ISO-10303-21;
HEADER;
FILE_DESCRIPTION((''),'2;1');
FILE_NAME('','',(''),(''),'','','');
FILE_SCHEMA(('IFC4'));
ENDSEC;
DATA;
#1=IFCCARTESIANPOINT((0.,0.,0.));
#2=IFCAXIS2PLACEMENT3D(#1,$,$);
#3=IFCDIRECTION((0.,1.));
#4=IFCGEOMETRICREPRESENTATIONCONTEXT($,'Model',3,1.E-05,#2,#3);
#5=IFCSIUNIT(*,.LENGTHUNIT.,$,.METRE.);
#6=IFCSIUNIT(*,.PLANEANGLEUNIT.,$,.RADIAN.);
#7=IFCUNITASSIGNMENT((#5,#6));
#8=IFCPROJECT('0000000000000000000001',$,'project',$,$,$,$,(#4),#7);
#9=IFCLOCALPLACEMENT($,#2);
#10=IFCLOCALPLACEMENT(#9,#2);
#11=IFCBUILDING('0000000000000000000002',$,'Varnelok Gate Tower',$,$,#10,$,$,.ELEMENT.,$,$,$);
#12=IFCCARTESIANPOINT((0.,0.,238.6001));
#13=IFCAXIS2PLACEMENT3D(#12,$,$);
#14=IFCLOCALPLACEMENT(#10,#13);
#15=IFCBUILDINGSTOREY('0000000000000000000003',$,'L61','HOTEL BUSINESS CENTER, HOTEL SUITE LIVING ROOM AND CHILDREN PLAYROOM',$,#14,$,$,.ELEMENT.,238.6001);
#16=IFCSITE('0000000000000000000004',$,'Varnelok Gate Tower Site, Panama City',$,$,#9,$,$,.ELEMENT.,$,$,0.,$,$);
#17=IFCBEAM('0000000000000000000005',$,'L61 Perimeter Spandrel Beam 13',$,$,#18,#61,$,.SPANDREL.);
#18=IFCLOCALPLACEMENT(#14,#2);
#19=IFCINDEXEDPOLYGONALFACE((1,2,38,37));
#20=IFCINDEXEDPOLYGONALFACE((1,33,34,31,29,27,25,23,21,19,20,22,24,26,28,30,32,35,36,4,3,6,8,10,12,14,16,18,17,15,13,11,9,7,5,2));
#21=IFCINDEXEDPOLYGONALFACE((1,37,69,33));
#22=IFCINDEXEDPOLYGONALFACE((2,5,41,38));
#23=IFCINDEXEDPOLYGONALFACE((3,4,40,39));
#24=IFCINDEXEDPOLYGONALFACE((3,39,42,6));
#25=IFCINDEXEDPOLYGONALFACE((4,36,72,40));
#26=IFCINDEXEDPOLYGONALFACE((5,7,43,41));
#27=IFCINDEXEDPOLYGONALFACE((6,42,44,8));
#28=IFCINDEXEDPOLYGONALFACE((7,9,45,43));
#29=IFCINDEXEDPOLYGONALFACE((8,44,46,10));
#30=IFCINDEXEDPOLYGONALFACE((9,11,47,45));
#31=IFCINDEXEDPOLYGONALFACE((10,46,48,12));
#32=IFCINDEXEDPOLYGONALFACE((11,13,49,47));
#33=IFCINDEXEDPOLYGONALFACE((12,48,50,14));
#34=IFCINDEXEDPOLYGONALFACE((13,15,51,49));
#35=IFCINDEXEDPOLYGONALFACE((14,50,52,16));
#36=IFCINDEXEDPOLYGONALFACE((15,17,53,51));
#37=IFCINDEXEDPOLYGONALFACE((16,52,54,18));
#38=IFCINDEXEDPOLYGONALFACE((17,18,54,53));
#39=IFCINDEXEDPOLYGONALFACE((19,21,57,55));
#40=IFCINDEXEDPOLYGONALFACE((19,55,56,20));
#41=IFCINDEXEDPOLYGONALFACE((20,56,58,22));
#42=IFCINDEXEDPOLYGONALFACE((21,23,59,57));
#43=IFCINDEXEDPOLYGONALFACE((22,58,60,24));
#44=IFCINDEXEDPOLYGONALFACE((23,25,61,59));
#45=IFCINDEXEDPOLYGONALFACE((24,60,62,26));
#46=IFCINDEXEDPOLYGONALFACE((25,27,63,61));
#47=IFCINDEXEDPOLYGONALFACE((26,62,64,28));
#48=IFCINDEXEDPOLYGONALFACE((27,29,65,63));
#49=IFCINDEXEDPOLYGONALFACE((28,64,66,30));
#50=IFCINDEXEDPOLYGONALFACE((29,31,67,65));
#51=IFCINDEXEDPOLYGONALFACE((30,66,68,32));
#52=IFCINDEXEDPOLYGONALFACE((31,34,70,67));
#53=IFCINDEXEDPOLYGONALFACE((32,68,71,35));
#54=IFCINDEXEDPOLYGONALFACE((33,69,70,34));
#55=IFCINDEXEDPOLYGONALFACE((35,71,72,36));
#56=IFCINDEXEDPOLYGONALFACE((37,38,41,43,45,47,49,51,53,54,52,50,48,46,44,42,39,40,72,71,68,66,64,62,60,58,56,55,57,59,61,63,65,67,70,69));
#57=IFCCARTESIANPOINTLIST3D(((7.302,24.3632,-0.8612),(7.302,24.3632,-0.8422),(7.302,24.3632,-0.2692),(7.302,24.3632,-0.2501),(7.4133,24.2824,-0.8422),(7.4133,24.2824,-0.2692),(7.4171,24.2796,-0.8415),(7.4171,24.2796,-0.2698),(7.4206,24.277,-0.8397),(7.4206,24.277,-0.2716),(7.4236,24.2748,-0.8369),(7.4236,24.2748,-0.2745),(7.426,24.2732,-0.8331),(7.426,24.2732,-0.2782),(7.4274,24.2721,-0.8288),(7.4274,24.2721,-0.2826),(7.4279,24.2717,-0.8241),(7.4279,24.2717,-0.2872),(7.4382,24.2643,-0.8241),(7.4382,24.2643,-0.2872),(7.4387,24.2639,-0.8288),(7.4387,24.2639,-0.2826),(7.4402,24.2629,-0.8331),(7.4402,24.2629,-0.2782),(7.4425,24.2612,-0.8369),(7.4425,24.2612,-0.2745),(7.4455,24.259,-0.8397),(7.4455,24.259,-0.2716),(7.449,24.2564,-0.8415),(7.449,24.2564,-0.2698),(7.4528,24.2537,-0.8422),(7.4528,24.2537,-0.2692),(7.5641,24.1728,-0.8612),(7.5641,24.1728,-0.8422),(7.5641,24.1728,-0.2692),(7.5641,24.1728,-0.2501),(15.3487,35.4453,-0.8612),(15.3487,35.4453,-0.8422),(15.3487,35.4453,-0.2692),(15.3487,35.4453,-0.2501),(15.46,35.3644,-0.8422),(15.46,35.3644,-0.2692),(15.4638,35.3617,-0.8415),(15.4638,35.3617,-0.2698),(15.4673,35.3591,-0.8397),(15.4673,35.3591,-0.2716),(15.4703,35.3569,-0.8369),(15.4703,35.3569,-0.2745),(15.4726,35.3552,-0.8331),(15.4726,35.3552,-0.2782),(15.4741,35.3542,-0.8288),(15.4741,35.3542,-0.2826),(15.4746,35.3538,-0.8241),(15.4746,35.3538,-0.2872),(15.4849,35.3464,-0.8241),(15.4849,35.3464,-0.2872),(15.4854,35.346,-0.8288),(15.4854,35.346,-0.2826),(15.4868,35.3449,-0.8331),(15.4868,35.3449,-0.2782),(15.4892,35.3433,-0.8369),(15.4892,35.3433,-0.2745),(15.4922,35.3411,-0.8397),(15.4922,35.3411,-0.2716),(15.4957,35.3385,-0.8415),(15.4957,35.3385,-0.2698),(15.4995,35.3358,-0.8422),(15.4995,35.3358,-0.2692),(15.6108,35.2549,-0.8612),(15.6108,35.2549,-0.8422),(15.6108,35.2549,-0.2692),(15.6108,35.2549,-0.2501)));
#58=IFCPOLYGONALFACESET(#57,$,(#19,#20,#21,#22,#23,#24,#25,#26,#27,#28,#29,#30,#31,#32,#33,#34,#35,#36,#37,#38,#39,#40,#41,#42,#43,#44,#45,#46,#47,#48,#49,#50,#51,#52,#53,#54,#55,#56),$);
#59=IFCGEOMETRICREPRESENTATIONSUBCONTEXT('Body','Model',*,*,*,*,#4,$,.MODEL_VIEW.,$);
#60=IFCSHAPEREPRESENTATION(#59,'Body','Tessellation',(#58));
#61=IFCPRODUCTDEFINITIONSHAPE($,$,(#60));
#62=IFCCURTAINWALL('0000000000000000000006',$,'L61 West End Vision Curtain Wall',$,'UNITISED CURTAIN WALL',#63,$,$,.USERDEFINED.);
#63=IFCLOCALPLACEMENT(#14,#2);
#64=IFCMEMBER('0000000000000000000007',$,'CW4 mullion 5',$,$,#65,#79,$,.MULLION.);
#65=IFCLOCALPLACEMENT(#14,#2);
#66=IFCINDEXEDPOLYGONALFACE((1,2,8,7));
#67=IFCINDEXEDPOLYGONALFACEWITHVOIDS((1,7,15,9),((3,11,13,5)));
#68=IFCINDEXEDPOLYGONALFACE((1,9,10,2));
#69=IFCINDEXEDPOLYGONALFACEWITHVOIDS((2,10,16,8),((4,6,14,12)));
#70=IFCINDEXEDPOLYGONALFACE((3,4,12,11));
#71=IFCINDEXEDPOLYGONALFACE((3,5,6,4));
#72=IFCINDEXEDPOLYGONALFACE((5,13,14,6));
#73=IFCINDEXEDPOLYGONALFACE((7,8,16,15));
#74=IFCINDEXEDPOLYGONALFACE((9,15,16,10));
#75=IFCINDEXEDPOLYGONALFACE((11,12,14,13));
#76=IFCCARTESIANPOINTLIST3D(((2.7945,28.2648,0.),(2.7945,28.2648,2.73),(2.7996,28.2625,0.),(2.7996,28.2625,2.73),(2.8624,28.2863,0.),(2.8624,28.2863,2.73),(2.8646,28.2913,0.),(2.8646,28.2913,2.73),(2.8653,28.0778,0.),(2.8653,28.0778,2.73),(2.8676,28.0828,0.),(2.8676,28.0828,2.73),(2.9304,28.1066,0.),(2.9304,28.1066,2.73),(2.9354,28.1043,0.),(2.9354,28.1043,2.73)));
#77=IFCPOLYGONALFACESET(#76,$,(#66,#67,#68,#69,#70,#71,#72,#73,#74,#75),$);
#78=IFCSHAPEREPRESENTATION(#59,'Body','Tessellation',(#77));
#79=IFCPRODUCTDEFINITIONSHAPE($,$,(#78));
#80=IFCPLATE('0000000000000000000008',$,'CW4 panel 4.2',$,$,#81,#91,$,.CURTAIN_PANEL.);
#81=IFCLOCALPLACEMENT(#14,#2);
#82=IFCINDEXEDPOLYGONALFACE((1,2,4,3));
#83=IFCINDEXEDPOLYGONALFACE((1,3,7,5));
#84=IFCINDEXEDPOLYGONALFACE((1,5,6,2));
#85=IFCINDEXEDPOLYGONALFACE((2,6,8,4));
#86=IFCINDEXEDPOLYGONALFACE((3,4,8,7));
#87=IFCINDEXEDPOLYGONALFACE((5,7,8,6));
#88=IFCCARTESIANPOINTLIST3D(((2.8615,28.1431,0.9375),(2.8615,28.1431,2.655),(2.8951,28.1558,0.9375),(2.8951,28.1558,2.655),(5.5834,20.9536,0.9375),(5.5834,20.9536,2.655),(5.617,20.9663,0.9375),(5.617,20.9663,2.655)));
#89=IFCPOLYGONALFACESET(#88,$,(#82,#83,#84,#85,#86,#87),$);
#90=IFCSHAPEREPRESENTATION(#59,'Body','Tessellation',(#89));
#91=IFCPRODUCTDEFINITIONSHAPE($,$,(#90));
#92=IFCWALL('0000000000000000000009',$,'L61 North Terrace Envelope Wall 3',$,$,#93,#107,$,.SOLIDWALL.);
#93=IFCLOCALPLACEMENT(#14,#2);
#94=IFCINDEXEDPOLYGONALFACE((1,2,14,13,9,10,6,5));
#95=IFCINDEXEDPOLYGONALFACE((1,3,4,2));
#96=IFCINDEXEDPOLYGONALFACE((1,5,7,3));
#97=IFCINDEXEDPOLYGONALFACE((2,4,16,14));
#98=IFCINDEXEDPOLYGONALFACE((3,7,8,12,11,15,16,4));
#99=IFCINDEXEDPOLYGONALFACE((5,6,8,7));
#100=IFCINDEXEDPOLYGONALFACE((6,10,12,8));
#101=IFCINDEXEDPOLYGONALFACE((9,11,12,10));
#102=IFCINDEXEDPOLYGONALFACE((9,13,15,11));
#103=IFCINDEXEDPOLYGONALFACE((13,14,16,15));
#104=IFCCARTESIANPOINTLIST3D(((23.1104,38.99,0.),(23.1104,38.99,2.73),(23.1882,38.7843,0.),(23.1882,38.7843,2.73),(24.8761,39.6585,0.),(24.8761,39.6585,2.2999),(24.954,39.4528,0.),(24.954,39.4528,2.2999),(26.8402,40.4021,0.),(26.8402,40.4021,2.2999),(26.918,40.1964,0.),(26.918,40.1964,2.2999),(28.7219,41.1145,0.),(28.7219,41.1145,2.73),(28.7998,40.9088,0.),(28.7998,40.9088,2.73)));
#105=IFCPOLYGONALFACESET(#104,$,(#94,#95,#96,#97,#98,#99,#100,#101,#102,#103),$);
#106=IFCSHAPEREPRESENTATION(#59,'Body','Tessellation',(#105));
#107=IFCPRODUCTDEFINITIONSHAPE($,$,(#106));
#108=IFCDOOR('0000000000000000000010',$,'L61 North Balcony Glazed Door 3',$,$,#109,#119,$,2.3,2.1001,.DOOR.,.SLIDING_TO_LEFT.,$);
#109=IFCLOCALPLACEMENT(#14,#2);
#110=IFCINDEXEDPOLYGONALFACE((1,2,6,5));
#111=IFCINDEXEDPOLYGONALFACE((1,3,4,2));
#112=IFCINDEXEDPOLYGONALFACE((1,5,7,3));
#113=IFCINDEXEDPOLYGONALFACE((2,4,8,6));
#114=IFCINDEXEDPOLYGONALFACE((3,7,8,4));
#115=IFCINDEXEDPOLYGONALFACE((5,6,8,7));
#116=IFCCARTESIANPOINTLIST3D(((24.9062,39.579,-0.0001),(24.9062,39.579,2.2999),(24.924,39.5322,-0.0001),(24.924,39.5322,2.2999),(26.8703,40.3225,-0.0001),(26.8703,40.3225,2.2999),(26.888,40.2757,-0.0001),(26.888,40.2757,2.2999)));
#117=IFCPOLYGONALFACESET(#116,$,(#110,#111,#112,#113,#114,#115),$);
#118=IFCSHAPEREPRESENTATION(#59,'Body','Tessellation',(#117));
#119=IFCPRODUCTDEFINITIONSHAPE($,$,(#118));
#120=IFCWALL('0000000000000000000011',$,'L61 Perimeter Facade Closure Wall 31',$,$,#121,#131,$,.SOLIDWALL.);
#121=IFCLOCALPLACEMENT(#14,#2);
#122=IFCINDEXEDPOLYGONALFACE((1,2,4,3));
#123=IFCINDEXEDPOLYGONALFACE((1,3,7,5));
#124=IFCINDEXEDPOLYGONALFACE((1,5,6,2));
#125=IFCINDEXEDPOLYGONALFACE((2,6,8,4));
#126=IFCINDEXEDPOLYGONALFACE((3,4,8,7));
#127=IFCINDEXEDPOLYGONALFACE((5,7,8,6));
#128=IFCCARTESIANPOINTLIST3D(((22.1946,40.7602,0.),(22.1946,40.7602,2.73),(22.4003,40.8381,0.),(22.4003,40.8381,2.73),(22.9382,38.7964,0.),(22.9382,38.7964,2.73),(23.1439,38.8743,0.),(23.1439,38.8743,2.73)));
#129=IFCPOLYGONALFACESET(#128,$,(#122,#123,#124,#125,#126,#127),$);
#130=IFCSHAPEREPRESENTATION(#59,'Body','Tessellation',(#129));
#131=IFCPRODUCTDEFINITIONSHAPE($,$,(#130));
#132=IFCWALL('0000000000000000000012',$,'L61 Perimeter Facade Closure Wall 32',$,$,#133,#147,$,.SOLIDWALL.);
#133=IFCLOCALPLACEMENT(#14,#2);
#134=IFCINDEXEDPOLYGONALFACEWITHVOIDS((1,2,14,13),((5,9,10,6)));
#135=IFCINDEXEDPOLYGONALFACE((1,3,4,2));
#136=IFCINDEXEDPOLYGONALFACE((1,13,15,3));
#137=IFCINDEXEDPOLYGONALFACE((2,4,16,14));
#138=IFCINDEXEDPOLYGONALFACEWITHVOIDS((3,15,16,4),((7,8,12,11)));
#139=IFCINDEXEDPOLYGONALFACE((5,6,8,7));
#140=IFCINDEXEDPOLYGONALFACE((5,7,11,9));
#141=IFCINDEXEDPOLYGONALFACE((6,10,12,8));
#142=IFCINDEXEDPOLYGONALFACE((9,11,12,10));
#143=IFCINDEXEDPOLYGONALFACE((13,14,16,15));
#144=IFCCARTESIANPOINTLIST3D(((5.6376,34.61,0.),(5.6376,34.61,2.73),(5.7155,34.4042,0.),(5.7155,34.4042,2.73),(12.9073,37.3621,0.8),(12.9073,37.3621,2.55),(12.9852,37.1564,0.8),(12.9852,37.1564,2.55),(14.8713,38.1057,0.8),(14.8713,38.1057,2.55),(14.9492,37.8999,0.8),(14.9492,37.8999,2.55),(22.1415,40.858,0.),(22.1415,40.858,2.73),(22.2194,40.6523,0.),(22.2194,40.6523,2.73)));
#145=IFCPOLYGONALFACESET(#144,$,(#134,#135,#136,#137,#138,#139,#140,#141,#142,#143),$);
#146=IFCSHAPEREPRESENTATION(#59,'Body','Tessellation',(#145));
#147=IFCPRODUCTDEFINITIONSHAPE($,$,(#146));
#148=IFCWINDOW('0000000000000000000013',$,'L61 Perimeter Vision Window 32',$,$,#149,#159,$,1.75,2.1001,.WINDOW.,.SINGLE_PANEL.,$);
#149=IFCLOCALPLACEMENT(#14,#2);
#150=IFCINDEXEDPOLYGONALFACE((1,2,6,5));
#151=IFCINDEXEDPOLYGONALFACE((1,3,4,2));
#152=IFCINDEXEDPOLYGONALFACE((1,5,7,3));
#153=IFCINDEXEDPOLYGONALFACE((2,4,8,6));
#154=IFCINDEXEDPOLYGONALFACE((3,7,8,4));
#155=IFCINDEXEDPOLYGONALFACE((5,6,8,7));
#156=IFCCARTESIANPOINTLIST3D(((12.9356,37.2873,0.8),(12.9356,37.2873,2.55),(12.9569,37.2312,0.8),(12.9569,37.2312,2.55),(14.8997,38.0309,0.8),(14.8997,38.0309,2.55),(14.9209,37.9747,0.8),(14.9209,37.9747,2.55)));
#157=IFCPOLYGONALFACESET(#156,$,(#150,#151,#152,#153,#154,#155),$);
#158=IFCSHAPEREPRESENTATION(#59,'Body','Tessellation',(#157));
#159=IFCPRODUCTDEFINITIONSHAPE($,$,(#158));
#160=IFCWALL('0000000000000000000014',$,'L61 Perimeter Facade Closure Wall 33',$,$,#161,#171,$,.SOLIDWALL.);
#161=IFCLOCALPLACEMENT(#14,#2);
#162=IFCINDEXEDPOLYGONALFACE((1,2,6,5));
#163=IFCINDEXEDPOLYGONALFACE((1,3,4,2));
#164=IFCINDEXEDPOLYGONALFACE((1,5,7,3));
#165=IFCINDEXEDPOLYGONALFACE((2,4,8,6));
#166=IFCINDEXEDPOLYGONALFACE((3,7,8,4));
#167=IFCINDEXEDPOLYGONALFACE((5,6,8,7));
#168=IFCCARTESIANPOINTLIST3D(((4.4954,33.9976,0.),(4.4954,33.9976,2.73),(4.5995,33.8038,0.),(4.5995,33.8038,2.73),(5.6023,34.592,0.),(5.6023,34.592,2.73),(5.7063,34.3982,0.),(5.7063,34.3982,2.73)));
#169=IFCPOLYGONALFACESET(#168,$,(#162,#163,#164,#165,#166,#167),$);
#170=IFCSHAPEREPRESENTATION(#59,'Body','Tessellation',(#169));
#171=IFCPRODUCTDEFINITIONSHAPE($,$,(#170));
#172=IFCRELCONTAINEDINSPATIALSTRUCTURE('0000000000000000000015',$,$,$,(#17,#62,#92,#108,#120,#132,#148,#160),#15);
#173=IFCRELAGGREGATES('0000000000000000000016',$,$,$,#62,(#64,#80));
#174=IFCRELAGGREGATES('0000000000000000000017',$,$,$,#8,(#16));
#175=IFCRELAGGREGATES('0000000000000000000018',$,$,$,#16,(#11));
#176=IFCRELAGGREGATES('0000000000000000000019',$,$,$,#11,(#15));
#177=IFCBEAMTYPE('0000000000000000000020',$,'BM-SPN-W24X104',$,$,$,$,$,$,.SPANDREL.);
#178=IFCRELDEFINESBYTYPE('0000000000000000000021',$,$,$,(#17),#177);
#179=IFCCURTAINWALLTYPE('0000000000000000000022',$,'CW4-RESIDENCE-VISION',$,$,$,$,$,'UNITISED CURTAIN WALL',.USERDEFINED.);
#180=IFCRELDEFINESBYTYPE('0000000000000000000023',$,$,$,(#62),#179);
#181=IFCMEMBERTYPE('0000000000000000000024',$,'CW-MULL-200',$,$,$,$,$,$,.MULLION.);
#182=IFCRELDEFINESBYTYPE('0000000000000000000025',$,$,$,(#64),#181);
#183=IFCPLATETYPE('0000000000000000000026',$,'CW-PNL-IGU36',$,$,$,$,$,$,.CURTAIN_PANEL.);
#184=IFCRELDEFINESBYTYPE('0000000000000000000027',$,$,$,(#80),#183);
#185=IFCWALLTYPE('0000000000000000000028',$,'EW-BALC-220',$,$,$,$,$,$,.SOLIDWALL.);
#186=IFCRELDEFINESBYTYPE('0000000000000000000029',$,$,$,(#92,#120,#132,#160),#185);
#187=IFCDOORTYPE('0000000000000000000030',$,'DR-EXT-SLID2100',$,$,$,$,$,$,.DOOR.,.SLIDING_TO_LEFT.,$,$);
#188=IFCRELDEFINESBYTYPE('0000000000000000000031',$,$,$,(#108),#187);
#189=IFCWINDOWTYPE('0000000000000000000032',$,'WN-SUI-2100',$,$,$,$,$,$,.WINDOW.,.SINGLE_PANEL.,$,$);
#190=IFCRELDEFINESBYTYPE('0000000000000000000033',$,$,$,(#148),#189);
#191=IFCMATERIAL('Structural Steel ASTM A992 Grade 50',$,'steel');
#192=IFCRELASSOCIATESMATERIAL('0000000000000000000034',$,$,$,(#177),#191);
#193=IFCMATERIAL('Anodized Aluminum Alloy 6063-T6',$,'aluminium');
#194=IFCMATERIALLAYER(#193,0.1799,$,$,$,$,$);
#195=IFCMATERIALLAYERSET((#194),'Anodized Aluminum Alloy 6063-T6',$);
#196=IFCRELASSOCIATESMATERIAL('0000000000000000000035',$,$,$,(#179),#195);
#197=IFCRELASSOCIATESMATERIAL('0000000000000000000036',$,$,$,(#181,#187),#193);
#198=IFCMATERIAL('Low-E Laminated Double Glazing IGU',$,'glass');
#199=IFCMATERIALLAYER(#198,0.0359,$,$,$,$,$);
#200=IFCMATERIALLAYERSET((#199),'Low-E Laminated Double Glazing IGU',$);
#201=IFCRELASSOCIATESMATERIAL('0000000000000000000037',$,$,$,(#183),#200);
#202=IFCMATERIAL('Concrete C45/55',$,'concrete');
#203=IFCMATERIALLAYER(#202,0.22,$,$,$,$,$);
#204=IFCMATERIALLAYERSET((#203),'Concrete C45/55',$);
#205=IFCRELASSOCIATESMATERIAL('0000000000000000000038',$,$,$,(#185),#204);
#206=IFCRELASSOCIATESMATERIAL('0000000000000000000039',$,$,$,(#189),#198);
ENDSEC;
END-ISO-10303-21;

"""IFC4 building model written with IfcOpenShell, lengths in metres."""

from ifc_helpers import new_model, si_unit, direction, frame, frame_2d, origin, origin_2d, place, context, subcontext, project, spatial, rectangle, hollow_rectangle, i_section, extrude, source, transform, mapped, material, layer, layer_set, material_profile, profile_set, type_object, element, fill, aggregate, save


model = new_model("IFC4")

# Units and contexts
model_context = context("Model", 3, precision=1e-05, world=origin(), true_north=direction((0.0, 1.0)))
body_context = subcontext(model_context, "Body", "Model", "MODEL_VIEW")
ifc_project = project(units=[si_unit("LENGTHUNIT", "METRE"), si_unit("PLANEANGLEUNIT", "RADIAN")], contexts=[model_context])

# Site, building, storey
site_placement = place(None, origin())
site = spatial("IfcSite", under=ifc_project, at=site_placement, Name="Varnelok Gate Tower Site, Panama City", CompositionType="ELEMENT", RefElevation=0.0)
building_placement = place(site_placement, origin())
building = spatial("IfcBuilding", under=site, at=building_placement, Name="Varnelok Gate Tower", CompositionType="ELEMENT")
storey_placement = place(building_placement, frame((0.0, 0.0, 238.6001)))
storey = spatial("IfcBuildingStorey", under=building, at=storey_placement, Name="L61", Description="HOTEL BUSINESS CENTER, HOTEL SUITE LIVING ROOM AND CHILDREN PLAYROOM", CompositionType="ELEMENT", Elevation=238.6001)

# Shared definitions
ifc_material_1 = material(Name="Structural Steel ASTM A992 Grade 50", Category="steel")

# Beam
ifc_material_profile_1 = material_profile(ifc_material_1, i_section(OverallWidth=0.324, OverallDepth=0.6111, WebThickness=0.0127, FlangeThickness=0.019, FilletRadius=0.0181, at=origin_2d()), Name="W24X104")
ifc_profile_set_1 = profile_set([ifc_material_profile_1], Name="Structural Steel ASTM A992 Grade 50")
beam_type_1 = type_object("IfcBeamType", Name="BM-SPN-W24X104", PredefinedType="SPANDREL", material=ifc_profile_set_1)
beam_1_placement = place(storey_placement, frame((15.4797, 35.3501, -0.5557), z_axis=(-0.587549, -0.809188, 0.0), x_axis=(0.809188, -0.587549, 0.0)))
element("IfcBeam", 1, at=beam_1_placement, inside=storey, type_object=beam_type_1, Name="L61 Perimeter Spandrel Beam 13", PredefinedType="SPANDREL", context=body_context, shape_type="SweptSolid", body=[
    extrude(i_section(OverallWidth=0.324, OverallDepth=0.6111, WebThickness=0.0127, FlangeThickness=0.019, FilletRadius=0.0181, at=origin_2d()), origin(), (0.0, 0.0, 1.0), 13.6953),
])

# Curtain wall, member, plate
ifc_material_2 = material(Name="Anodized Aluminum Alloy 6063-T6", Category="aluminium")
ifc_layer_1 = layer(ifc_material_2, 0.1799)
ifc_layer_set_1 = layer_set([ifc_layer_1], Name="Anodized Aluminum Alloy 6063-T6")
curtain_wall_type = type_object("IfcCurtainWallType", Name="CW4-RESIDENCE-VISION", ElementType="UNITISED CURTAIN WALL", PredefinedType="USERDEFINED", material=ifc_layer_set_1)
curtain_wall_placement = place(storey_placement, origin())
curtain_wall = element("IfcCurtainWall", 2, at=curtain_wall_placement, inside=storey, type_object=curtain_wall_type, Name="L61 West End Vision Curtain Wall", ObjectType="UNITISED CURTAIN WALL", PredefinedType="USERDEFINED")
ifc_material_profile_2 = material_profile(ifc_material_2, hollow_rectangle(XDim=0.075, YDim=0.2, WallThickness=0.0039, at=origin_2d()), Name="ALU200X75X4")
ifc_profile_set_2 = profile_set([ifc_material_profile_2], Name="Anodized Aluminum Alloy 6063-T6")
member_type = type_object("IfcMemberType", Name="CW-MULL-200", PredefinedType="MULLION", material=ifc_profile_set_2)
member_placement = place(storey_placement, frame((2.865, 28.1846, 0.0), z_axis=(0.0, 0.0, 1.0), x_axis=(-0.935222, -0.354063, 0.0)))
member = element("IfcMember", 3, at=member_placement, type_object=member_type, Name="CW4 mullion 5", PredefinedType="MULLION", context=body_context, shape_type="SweptSolid", body=[
    extrude(hollow_rectangle(XDim=0.075, YDim=0.2, WallThickness=0.0039, at=origin_2d()), origin(), (0.0, 0.0, 1.0), 2.73),
])
ifc_material_3 = material(Name="Low-E Laminated Double Glazing IGU", Category="glass")
ifc_layer_2 = layer(ifc_material_3, 0.0359)
ifc_layer_set_2 = layer_set([ifc_layer_2], Name="Low-E Laminated Double Glazing IGU")
plate_type = type_object("IfcPlateType", Name="CW-PNL-IGU36", PredefinedType="CURTAIN_PANEL", material=ifc_layer_set_2)
shared_shape_1 = source(origin(), body_context, "Body", "SweptSolid", [
    extrude(rectangle(XDim=7.6875, YDim=0.0359, at=origin_2d()), origin(), (0.0, 0.0, 1.0), 1.7175),
])
plate_placement = place(storey_placement, frame((4.2393, 24.5547, 0.9375), z_axis=(0.0, 0.0, 1.0), x_axis=(-0.354063, 0.935222, 0.0)))
plate = element("IfcPlate", 4, at=plate_placement, type_object=plate_type, Name="CW4 panel 4.2", PredefinedType="CURTAIN_PANEL", context=body_context, shape_type="MappedRepresentation", body=[
    mapped(shared_shape_1, transform((0.0, 0.0, 0.0), scale=1.0)),
])
aggregate(curtain_wall, [member, plate])

# Wall, opening, door
ifc_material_4 = material(Name="Concrete C45/55", Category="concrete")
ifc_layer_3 = layer(ifc_material_4, 0.22)
ifc_layer_set_3 = layer_set([ifc_layer_3], Name="Concrete C45/55")
wall_type_1 = type_object("IfcWallType", Name="EW-BALC-220", PredefinedType="SOLIDWALL", material=ifc_layer_set_3)
wall_1_placement = place(storey_placement, frame((23.1494, 38.8872, 0.0), z_axis=(0.0, 0.0, 1.0), x_axis=(0.935219, 0.354069, 0.0)))
wall_1 = element("IfcWall", 5, at=wall_1_placement, inside=storey, type_object=wall_type_1, Name="L61 North Terrace Envelope Wall 3", PredefinedType="SOLIDWALL", context=body_context, shape_type="SweptSolid", body=[
    extrude(rectangle(XDim=6.0002, YDim=0.22, at=frame_2d((3.0, 0.0))), origin(), (0.0, 0.0, 1.0), 2.73),
])
opening_1_placement = place(wall_1_placement, frame((1.8879, 0.0, 0.0)))
opening_1 = element("IfcOpeningElement", 6, at=opening_1_placement, cuts=wall_1, PredefinedType="OPENING", context=body_context, shape_type="SweptSolid", body=[
    extrude(rectangle(XDim=2.1001, YDim=2.3, at=frame_2d((1.05, 1.1499))), frame((0.0, 0.1199, 0.0), z_axis=(0.0, -1.0, 0.0), x_axis=(1.0, 0.0, 0.0)), (0.0, 0.0, 1.0), 0.24),
])
door_type = type_object("IfcDoorType", Name="DR-EXT-SLID2100", OperationType="SLIDING_TO_LEFT", PredefinedType="DOOR", material=ifc_material_2)
door_placement = place(opening_1_placement, origin())
door = element("IfcDoor", 7, at=door_placement, inside=storey, type_object=door_type, Name="L61 North Balcony Glazed Door 3", OperationType="SLIDING_TO_LEFT", OverallHeight=2.3, OverallWidth=2.1001, PredefinedType="DOOR", context=body_context, shape_type="SweptSolid", body=[
    extrude(rectangle(XDim=2.1001, YDim=2.3, at=frame_2d((1.05, 1.1499))), frame((0.0, 0.0249, 0.0), z_axis=(0.0, -1.0, 0.0), x_axis=(1.0, 0.0, 0.0)), (0.0, 0.0, 1.0), 0.05),
])
fill(opening_1, door)

# Wall
wall_2_placement = place(storey_placement, frame((23.041, 38.8354, 0.0), z_axis=(0.0, 0.0, 1.0), x_axis=(-0.354128, 0.935197, 0.0)))
element("IfcWall", 8, at=wall_2_placement, inside=storey, type_object=wall_type_1, Name="L61 Perimeter Facade Closure Wall 31", PredefinedType="SOLIDWALL", context=body_context, shape_type="SweptSolid", body=[
    extrude(rectangle(XDim=2.0999, YDim=0.22, at=frame_2d((1.0498, 0.0))), origin(), (0.0, 0.0, 1.0), 2.73),
])

# Wall, opening, window
wall_3_placement = place(storey_placement, frame((22.1804, 40.7551, 0.0), z_axis=(0.0, 0.0, 1.0), x_axis=(-0.935224, -0.354057, 0.0)))
wall_3 = element("IfcWall", 9, at=wall_3_placement, inside=storey, type_object=wall_type_1, Name="L61 Perimeter Facade Closure Wall 32", PredefinedType="SOLIDWALL", context=body_context, shape_type="SweptSolid", body=[
    extrude(rectangle(XDim=17.647, YDim=0.22, at=frame_2d((8.8235, 0.0))), origin(), (0.0, 0.0, 1.0), 2.73),
])
opening_2_placement = place(wall_3_placement, frame((7.7737, 0.0, 0.8)))
opening_2 = element("IfcOpeningElement", 10, at=opening_2_placement, cuts=wall_3, PredefinedType="OPENING", context=body_context, shape_type="SweptSolid", body=[
    extrude(rectangle(XDim=2.1001, YDim=1.75, at=frame_2d((1.05, 0.875))), frame((0.0, 0.1199, 0.0), z_axis=(0.0, -1.0, 0.0), x_axis=(1.0, 0.0, 0.0)), (0.0, 0.0, 1.0), 0.24),
])
window_type = type_object("IfcWindowType", Name="WN-SUI-2100", PartitioningType="SINGLE_PANEL", PredefinedType="WINDOW", material=ifc_material_3)
window_placement = place(opening_2_placement, origin())
window = element("IfcWindow", 11, at=window_placement, inside=storey, type_object=window_type, Name="L61 Perimeter Vision Window 32", OverallHeight=1.75, OverallWidth=2.1001, PartitioningType="SINGLE_PANEL", PredefinedType="WINDOW", context=body_context, shape_type="SweptSolid", body=[
    extrude(rectangle(XDim=2.1001, YDim=1.75, at=frame_2d((1.05, 0.875))), frame((0.0, 0.03, 0.0), z_axis=(0.0, -1.0, 0.0), x_axis=(1.0, 0.0, 0.0)), (0.0, 0.0, 1.0), 0.0601),
])
fill(opening_2, window)

# Wall
wall_4_placement = place(storey_placement, frame((5.6543, 34.4951, 0.0), z_axis=(0.0, 0.0, 1.0), x_axis=(-0.880988, -0.473138, 0.0)))
element("IfcWall", 12, at=wall_4_placement, inside=storey, type_object=wall_type_1, Name="L61 Perimeter Facade Closure Wall 33", PredefinedType="SOLIDWALL", context=body_context, shape_type="SweptSolid", body=[
    extrude(rectangle(XDim=1.2563, YDim=0.22, at=frame_2d((0.6282, 0.0))), origin(), (0.0, 0.0, 1.0), 2.73),
])

save(model, "model.ifc")
